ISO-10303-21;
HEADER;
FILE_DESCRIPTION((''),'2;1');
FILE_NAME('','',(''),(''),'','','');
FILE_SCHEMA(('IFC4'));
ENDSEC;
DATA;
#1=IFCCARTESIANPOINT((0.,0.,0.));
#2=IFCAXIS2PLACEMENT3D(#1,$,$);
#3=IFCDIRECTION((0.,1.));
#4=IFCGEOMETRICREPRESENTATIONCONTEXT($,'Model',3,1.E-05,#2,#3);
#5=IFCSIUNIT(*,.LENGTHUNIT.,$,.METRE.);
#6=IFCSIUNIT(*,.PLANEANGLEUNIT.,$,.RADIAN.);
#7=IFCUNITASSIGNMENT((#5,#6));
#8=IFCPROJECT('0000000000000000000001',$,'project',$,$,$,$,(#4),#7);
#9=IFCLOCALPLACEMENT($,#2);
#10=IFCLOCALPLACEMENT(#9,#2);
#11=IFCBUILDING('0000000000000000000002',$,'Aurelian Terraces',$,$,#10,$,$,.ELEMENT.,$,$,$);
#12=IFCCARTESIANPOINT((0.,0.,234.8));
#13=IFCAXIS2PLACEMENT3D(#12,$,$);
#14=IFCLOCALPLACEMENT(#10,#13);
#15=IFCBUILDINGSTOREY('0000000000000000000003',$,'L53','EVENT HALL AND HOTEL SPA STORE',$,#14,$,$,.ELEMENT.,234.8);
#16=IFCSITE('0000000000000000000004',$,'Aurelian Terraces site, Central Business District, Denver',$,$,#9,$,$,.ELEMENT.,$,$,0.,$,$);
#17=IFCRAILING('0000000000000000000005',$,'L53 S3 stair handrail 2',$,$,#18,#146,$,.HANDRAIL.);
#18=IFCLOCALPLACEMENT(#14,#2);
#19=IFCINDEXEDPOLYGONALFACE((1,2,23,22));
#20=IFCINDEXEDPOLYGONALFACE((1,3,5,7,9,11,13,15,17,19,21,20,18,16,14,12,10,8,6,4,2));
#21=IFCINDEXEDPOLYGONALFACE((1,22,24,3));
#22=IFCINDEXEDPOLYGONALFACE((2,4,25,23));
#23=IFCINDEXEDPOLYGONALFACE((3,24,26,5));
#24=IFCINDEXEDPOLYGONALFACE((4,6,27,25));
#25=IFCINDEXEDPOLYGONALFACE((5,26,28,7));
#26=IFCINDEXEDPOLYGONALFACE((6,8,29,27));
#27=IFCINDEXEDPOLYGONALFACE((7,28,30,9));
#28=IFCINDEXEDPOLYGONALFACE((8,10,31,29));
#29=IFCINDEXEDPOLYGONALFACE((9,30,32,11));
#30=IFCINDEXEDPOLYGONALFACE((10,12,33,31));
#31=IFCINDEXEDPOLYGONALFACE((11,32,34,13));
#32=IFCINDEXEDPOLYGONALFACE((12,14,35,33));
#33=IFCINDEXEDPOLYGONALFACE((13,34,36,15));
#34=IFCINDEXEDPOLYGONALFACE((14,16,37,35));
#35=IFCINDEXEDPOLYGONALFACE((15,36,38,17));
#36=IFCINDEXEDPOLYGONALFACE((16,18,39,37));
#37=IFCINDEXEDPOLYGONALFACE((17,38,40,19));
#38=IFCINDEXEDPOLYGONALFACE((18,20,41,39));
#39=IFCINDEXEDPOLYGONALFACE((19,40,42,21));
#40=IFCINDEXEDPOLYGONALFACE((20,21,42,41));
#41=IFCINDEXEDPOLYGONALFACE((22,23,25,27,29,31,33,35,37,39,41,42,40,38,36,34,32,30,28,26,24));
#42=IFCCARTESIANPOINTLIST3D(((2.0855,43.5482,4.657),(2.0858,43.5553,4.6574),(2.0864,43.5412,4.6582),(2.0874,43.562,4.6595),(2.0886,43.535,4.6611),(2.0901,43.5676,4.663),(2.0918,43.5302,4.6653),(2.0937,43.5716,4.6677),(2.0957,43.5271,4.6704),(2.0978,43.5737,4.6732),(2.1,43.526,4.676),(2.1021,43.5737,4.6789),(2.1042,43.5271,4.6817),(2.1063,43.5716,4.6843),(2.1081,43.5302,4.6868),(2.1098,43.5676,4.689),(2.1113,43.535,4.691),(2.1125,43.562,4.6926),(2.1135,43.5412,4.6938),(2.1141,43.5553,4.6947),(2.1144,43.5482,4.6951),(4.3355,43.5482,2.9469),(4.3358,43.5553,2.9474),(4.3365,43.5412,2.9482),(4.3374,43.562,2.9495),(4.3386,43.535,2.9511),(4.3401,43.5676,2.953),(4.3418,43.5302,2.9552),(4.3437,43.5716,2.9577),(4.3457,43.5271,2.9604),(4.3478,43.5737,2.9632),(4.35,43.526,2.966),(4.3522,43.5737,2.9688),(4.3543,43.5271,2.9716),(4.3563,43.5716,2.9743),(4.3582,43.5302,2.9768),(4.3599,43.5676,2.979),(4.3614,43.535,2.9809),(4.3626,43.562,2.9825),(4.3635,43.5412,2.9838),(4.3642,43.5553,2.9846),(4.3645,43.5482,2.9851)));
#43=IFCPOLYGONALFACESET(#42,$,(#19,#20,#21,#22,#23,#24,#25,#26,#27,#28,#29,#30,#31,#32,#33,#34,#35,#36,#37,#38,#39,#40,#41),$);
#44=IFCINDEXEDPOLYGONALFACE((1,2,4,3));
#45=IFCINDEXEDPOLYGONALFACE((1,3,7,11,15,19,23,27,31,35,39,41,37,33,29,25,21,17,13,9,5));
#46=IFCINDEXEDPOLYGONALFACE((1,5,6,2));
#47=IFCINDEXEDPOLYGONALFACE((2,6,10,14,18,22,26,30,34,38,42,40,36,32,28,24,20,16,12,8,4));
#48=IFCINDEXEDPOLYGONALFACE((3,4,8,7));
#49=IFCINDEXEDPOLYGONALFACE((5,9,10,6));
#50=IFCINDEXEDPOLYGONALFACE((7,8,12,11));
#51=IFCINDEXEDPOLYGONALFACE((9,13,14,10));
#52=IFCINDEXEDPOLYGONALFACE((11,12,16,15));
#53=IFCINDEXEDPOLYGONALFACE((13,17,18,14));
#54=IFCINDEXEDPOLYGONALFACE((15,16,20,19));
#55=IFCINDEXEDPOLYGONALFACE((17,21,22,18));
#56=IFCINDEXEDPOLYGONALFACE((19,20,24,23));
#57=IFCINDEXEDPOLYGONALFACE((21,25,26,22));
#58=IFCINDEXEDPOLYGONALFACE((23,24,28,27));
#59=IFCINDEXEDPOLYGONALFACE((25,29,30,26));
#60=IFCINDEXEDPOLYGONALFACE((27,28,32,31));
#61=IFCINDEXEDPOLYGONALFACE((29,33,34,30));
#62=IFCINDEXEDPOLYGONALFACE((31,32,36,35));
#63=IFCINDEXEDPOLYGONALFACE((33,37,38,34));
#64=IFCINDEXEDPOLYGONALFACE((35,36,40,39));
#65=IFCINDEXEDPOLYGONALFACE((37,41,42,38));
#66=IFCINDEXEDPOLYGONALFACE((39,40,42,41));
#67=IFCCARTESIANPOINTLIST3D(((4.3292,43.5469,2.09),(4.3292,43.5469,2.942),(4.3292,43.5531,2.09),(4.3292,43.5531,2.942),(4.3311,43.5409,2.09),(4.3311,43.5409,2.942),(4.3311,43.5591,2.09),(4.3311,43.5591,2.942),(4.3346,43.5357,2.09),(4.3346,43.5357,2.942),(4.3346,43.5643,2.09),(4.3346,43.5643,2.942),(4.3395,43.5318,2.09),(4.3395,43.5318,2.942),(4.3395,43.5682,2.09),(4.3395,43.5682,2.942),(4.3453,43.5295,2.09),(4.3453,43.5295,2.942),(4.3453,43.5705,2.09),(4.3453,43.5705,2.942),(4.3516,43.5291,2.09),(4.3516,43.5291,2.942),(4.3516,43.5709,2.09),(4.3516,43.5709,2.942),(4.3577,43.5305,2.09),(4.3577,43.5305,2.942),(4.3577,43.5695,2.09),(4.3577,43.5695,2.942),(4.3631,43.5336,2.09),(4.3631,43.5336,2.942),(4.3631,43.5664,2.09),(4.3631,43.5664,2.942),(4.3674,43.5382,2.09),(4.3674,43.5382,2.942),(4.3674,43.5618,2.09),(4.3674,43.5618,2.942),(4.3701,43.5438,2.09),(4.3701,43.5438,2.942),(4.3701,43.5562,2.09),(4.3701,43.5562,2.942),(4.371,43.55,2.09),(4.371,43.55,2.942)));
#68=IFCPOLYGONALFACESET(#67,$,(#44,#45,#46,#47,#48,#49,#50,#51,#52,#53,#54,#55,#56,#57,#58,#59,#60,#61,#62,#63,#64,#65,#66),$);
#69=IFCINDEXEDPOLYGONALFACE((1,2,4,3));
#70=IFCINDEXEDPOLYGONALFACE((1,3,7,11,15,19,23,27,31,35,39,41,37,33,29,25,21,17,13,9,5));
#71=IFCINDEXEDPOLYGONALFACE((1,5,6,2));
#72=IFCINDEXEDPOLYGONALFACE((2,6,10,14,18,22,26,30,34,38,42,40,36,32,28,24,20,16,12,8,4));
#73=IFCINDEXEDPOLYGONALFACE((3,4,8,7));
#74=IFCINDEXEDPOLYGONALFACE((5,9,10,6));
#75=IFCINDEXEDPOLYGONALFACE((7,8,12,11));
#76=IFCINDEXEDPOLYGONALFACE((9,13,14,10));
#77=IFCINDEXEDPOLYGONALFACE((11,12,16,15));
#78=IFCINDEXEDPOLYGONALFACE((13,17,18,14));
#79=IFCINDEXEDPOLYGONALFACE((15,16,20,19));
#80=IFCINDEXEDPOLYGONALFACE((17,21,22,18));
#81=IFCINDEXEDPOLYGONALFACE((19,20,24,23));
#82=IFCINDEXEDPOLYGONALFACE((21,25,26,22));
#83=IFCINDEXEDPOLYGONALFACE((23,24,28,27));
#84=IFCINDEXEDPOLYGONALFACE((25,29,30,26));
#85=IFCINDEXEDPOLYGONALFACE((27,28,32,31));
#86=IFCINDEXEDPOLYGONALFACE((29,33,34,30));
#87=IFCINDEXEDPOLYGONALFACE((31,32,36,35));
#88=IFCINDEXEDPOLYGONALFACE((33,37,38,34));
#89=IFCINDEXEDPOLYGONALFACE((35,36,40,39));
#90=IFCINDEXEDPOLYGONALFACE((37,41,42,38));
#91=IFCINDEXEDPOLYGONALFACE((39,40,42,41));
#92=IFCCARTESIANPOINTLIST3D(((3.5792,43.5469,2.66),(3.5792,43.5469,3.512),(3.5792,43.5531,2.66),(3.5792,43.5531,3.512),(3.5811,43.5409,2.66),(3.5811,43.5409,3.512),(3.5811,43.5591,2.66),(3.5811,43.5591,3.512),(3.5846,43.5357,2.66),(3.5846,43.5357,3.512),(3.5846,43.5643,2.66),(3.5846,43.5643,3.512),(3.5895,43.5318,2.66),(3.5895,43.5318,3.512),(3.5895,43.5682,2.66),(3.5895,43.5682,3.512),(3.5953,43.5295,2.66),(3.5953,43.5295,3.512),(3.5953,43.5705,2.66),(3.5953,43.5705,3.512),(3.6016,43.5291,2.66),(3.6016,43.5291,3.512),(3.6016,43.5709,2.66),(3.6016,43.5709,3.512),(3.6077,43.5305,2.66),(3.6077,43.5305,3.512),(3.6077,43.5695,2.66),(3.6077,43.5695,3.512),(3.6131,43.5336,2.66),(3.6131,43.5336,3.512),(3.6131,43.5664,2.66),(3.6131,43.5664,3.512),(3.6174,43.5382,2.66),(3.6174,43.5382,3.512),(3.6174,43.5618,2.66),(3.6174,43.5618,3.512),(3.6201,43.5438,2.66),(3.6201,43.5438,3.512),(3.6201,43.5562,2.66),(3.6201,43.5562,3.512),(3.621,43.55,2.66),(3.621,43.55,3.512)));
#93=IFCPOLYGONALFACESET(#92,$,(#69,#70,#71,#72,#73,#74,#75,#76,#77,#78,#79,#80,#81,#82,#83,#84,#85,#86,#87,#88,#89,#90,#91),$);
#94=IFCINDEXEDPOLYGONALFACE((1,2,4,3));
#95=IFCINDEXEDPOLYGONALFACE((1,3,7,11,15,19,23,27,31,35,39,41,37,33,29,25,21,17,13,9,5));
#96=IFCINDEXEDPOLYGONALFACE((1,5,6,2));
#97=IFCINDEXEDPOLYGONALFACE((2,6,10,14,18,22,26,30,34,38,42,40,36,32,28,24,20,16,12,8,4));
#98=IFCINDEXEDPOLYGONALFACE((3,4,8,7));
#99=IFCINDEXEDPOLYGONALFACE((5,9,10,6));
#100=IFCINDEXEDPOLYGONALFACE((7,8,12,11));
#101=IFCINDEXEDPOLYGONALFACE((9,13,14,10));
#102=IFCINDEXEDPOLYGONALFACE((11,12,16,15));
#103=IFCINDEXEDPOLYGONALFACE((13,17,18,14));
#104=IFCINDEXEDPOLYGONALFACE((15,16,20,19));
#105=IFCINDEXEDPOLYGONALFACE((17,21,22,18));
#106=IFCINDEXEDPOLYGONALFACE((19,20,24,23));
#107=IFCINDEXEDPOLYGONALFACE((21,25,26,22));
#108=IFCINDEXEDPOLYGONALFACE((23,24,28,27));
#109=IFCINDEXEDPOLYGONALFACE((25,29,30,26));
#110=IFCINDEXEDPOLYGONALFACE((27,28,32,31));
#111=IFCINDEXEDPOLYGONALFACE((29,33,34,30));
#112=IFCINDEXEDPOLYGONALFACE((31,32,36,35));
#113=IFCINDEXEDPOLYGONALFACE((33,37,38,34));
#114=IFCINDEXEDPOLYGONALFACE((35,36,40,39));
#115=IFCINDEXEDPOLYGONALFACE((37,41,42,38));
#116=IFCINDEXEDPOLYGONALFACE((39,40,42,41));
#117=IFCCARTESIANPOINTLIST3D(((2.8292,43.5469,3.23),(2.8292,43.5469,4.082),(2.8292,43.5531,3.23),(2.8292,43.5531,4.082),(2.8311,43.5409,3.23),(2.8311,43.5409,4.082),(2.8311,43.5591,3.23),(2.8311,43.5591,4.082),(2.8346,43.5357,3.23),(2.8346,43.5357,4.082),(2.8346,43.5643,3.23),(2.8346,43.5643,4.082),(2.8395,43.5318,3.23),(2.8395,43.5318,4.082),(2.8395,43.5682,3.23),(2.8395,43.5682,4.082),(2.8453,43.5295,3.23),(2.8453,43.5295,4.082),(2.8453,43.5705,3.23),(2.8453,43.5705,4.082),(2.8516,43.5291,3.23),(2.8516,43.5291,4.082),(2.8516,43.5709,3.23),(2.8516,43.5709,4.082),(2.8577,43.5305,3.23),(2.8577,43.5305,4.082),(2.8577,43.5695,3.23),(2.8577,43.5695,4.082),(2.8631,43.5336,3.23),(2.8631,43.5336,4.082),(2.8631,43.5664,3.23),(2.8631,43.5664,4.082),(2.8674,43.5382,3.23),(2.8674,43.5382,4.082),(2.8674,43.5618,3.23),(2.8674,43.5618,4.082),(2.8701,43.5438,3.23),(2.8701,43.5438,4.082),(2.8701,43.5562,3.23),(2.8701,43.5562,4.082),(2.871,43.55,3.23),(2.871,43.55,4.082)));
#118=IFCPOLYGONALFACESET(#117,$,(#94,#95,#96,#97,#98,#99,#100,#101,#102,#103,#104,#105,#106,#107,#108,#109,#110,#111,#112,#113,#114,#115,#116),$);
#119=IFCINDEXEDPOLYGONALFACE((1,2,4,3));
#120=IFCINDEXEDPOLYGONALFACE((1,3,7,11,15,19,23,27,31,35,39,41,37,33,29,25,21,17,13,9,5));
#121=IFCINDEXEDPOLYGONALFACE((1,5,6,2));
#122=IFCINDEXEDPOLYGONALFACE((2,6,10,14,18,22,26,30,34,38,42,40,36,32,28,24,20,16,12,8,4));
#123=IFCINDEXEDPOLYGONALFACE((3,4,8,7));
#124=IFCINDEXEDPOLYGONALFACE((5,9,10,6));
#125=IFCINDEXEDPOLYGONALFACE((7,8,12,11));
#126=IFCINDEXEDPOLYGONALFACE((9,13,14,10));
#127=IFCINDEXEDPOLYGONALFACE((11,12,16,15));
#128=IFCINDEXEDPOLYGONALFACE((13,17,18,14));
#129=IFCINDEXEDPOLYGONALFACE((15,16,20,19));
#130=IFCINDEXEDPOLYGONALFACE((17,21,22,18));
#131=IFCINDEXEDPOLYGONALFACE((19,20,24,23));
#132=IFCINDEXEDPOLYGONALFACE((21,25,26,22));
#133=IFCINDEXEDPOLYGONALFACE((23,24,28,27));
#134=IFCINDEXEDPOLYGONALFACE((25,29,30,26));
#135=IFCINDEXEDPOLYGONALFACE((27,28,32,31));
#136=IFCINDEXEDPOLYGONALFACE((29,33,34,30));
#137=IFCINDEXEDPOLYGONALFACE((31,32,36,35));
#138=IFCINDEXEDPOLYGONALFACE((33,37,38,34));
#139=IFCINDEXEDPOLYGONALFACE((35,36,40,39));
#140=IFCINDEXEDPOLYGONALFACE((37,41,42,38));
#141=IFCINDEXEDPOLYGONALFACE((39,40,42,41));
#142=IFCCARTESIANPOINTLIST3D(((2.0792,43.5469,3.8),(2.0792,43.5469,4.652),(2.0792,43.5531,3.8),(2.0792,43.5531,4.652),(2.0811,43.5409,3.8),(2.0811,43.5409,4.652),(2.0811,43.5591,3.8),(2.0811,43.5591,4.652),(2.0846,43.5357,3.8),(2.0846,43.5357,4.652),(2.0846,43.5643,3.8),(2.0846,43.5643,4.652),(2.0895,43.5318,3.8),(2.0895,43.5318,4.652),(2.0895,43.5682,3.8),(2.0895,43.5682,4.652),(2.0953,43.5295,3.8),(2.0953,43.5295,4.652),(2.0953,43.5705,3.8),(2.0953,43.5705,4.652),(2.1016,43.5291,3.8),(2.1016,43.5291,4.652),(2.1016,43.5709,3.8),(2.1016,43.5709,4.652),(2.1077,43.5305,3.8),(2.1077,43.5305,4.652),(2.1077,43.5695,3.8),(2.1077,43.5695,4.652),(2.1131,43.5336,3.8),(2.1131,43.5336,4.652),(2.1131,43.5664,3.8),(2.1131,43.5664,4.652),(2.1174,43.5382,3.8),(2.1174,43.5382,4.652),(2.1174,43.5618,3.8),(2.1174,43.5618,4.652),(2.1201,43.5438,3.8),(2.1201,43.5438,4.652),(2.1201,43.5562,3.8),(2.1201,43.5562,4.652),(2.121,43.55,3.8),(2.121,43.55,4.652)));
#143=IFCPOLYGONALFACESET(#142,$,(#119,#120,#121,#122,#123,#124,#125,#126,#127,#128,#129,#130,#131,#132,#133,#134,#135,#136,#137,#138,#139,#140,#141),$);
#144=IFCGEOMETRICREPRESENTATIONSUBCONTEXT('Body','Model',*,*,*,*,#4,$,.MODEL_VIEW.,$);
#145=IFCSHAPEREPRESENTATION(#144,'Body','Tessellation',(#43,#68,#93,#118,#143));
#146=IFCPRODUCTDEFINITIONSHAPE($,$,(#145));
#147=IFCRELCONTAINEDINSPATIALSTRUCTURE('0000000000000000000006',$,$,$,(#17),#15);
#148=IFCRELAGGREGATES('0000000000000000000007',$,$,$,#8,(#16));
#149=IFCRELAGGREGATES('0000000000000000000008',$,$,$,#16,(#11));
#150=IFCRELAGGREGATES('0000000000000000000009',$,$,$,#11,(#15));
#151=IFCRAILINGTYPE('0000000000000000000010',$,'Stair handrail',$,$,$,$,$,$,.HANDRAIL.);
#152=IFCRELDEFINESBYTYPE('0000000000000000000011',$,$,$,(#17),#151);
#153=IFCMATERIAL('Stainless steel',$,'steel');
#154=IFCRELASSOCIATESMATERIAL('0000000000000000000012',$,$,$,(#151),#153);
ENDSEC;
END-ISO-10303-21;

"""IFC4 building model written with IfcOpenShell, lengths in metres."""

from ifc_helpers import new_model, si_unit, direction, frame, origin, origin_2d, place, context, subcontext, project, spatial, circle, extrude, source, transform, mapped, material, type_object, element, save


model = new_model("IFC4")

# Units and contexts
model_context = context("Model", 3, precision=1e-05, world=origin(), true_north=direction((0.0, 1.0)))
body_context = subcontext(model_context, "Body", "Model", "MODEL_VIEW")
ifc_project = project(units=[si_unit("LENGTHUNIT", "METRE"), si_unit("PLANEANGLEUNIT", "RADIAN")], contexts=[model_context])

# Site, building, storey
site_placement = place(None, origin())
site = spatial("IfcSite", under=ifc_project, at=site_placement, Name="Aurelian Terraces site, Central Business District, Denver", CompositionType="ELEMENT", RefElevation=0.0)
building_placement = place(site_placement, origin())
building = spatial("IfcBuilding", under=site, at=building_placement, Name="Aurelian Terraces", CompositionType="ELEMENT")
storey_placement = place(building_placement, frame((0.0, 0.0, 234.8)))
storey = spatial("IfcBuildingStorey", under=building, at=storey_placement, Name="L53", Description="EVENT HALL AND HOTEL SPA STORE", CompositionType="ELEMENT", Elevation=234.8)

# Railing
ifc_material_1 = material(Name="Stainless steel", Category="steel")
railing_type_1 = type_object("IfcRailingType", Name="Stair handrail", PredefinedType="HANDRAIL", material=ifc_material_1)
shared_shape_1 = source(origin(), body_context, "Body", "SweptSolid", [
    extrude(circle(Radius=0.024, at=origin_2d()), frame((0.0, 0.0, 0.876), z_axis=(-0.796162, 0.0, 0.605083), x_axis=(0.0, -1.0, 0.0)), (0.0, 0.0, 1.0), 2.8261),
    extrude(circle(Radius=0.021, at=origin_2d()), origin(), (0.0, 0.0, 1.0), 0.852),
    extrude(circle(Radius=0.021, at=origin_2d()), frame((-0.75, 0.0, 0.57)), (0.0, 0.0, 1.0), 0.852),
    extrude(circle(Radius=0.021, at=origin_2d()), frame((-1.5, 0.0, 1.14)), (0.0, 0.0, 1.0), 0.852),
    extrude(circle(Radius=0.021, at=origin_2d()), frame((-2.25, 0.0, 1.71)), (0.0, 0.0, 1.0), 0.852),
])
railing_1_placement = place(storey_placement, frame((4.35, 43.55, 2.09)))
element("IfcRailing", 1, at=railing_1_placement, inside=storey, type_object=railing_type_1, Name="L53 S3 stair handrail 2", PredefinedType="HANDRAIL", context=body_context, shape_type="MappedRepresentation", body=[
    mapped(shared_shape_1, transform((0.0, 0.0, 0.0), scale=1.0)),
])

save(model, "model.ifc")
